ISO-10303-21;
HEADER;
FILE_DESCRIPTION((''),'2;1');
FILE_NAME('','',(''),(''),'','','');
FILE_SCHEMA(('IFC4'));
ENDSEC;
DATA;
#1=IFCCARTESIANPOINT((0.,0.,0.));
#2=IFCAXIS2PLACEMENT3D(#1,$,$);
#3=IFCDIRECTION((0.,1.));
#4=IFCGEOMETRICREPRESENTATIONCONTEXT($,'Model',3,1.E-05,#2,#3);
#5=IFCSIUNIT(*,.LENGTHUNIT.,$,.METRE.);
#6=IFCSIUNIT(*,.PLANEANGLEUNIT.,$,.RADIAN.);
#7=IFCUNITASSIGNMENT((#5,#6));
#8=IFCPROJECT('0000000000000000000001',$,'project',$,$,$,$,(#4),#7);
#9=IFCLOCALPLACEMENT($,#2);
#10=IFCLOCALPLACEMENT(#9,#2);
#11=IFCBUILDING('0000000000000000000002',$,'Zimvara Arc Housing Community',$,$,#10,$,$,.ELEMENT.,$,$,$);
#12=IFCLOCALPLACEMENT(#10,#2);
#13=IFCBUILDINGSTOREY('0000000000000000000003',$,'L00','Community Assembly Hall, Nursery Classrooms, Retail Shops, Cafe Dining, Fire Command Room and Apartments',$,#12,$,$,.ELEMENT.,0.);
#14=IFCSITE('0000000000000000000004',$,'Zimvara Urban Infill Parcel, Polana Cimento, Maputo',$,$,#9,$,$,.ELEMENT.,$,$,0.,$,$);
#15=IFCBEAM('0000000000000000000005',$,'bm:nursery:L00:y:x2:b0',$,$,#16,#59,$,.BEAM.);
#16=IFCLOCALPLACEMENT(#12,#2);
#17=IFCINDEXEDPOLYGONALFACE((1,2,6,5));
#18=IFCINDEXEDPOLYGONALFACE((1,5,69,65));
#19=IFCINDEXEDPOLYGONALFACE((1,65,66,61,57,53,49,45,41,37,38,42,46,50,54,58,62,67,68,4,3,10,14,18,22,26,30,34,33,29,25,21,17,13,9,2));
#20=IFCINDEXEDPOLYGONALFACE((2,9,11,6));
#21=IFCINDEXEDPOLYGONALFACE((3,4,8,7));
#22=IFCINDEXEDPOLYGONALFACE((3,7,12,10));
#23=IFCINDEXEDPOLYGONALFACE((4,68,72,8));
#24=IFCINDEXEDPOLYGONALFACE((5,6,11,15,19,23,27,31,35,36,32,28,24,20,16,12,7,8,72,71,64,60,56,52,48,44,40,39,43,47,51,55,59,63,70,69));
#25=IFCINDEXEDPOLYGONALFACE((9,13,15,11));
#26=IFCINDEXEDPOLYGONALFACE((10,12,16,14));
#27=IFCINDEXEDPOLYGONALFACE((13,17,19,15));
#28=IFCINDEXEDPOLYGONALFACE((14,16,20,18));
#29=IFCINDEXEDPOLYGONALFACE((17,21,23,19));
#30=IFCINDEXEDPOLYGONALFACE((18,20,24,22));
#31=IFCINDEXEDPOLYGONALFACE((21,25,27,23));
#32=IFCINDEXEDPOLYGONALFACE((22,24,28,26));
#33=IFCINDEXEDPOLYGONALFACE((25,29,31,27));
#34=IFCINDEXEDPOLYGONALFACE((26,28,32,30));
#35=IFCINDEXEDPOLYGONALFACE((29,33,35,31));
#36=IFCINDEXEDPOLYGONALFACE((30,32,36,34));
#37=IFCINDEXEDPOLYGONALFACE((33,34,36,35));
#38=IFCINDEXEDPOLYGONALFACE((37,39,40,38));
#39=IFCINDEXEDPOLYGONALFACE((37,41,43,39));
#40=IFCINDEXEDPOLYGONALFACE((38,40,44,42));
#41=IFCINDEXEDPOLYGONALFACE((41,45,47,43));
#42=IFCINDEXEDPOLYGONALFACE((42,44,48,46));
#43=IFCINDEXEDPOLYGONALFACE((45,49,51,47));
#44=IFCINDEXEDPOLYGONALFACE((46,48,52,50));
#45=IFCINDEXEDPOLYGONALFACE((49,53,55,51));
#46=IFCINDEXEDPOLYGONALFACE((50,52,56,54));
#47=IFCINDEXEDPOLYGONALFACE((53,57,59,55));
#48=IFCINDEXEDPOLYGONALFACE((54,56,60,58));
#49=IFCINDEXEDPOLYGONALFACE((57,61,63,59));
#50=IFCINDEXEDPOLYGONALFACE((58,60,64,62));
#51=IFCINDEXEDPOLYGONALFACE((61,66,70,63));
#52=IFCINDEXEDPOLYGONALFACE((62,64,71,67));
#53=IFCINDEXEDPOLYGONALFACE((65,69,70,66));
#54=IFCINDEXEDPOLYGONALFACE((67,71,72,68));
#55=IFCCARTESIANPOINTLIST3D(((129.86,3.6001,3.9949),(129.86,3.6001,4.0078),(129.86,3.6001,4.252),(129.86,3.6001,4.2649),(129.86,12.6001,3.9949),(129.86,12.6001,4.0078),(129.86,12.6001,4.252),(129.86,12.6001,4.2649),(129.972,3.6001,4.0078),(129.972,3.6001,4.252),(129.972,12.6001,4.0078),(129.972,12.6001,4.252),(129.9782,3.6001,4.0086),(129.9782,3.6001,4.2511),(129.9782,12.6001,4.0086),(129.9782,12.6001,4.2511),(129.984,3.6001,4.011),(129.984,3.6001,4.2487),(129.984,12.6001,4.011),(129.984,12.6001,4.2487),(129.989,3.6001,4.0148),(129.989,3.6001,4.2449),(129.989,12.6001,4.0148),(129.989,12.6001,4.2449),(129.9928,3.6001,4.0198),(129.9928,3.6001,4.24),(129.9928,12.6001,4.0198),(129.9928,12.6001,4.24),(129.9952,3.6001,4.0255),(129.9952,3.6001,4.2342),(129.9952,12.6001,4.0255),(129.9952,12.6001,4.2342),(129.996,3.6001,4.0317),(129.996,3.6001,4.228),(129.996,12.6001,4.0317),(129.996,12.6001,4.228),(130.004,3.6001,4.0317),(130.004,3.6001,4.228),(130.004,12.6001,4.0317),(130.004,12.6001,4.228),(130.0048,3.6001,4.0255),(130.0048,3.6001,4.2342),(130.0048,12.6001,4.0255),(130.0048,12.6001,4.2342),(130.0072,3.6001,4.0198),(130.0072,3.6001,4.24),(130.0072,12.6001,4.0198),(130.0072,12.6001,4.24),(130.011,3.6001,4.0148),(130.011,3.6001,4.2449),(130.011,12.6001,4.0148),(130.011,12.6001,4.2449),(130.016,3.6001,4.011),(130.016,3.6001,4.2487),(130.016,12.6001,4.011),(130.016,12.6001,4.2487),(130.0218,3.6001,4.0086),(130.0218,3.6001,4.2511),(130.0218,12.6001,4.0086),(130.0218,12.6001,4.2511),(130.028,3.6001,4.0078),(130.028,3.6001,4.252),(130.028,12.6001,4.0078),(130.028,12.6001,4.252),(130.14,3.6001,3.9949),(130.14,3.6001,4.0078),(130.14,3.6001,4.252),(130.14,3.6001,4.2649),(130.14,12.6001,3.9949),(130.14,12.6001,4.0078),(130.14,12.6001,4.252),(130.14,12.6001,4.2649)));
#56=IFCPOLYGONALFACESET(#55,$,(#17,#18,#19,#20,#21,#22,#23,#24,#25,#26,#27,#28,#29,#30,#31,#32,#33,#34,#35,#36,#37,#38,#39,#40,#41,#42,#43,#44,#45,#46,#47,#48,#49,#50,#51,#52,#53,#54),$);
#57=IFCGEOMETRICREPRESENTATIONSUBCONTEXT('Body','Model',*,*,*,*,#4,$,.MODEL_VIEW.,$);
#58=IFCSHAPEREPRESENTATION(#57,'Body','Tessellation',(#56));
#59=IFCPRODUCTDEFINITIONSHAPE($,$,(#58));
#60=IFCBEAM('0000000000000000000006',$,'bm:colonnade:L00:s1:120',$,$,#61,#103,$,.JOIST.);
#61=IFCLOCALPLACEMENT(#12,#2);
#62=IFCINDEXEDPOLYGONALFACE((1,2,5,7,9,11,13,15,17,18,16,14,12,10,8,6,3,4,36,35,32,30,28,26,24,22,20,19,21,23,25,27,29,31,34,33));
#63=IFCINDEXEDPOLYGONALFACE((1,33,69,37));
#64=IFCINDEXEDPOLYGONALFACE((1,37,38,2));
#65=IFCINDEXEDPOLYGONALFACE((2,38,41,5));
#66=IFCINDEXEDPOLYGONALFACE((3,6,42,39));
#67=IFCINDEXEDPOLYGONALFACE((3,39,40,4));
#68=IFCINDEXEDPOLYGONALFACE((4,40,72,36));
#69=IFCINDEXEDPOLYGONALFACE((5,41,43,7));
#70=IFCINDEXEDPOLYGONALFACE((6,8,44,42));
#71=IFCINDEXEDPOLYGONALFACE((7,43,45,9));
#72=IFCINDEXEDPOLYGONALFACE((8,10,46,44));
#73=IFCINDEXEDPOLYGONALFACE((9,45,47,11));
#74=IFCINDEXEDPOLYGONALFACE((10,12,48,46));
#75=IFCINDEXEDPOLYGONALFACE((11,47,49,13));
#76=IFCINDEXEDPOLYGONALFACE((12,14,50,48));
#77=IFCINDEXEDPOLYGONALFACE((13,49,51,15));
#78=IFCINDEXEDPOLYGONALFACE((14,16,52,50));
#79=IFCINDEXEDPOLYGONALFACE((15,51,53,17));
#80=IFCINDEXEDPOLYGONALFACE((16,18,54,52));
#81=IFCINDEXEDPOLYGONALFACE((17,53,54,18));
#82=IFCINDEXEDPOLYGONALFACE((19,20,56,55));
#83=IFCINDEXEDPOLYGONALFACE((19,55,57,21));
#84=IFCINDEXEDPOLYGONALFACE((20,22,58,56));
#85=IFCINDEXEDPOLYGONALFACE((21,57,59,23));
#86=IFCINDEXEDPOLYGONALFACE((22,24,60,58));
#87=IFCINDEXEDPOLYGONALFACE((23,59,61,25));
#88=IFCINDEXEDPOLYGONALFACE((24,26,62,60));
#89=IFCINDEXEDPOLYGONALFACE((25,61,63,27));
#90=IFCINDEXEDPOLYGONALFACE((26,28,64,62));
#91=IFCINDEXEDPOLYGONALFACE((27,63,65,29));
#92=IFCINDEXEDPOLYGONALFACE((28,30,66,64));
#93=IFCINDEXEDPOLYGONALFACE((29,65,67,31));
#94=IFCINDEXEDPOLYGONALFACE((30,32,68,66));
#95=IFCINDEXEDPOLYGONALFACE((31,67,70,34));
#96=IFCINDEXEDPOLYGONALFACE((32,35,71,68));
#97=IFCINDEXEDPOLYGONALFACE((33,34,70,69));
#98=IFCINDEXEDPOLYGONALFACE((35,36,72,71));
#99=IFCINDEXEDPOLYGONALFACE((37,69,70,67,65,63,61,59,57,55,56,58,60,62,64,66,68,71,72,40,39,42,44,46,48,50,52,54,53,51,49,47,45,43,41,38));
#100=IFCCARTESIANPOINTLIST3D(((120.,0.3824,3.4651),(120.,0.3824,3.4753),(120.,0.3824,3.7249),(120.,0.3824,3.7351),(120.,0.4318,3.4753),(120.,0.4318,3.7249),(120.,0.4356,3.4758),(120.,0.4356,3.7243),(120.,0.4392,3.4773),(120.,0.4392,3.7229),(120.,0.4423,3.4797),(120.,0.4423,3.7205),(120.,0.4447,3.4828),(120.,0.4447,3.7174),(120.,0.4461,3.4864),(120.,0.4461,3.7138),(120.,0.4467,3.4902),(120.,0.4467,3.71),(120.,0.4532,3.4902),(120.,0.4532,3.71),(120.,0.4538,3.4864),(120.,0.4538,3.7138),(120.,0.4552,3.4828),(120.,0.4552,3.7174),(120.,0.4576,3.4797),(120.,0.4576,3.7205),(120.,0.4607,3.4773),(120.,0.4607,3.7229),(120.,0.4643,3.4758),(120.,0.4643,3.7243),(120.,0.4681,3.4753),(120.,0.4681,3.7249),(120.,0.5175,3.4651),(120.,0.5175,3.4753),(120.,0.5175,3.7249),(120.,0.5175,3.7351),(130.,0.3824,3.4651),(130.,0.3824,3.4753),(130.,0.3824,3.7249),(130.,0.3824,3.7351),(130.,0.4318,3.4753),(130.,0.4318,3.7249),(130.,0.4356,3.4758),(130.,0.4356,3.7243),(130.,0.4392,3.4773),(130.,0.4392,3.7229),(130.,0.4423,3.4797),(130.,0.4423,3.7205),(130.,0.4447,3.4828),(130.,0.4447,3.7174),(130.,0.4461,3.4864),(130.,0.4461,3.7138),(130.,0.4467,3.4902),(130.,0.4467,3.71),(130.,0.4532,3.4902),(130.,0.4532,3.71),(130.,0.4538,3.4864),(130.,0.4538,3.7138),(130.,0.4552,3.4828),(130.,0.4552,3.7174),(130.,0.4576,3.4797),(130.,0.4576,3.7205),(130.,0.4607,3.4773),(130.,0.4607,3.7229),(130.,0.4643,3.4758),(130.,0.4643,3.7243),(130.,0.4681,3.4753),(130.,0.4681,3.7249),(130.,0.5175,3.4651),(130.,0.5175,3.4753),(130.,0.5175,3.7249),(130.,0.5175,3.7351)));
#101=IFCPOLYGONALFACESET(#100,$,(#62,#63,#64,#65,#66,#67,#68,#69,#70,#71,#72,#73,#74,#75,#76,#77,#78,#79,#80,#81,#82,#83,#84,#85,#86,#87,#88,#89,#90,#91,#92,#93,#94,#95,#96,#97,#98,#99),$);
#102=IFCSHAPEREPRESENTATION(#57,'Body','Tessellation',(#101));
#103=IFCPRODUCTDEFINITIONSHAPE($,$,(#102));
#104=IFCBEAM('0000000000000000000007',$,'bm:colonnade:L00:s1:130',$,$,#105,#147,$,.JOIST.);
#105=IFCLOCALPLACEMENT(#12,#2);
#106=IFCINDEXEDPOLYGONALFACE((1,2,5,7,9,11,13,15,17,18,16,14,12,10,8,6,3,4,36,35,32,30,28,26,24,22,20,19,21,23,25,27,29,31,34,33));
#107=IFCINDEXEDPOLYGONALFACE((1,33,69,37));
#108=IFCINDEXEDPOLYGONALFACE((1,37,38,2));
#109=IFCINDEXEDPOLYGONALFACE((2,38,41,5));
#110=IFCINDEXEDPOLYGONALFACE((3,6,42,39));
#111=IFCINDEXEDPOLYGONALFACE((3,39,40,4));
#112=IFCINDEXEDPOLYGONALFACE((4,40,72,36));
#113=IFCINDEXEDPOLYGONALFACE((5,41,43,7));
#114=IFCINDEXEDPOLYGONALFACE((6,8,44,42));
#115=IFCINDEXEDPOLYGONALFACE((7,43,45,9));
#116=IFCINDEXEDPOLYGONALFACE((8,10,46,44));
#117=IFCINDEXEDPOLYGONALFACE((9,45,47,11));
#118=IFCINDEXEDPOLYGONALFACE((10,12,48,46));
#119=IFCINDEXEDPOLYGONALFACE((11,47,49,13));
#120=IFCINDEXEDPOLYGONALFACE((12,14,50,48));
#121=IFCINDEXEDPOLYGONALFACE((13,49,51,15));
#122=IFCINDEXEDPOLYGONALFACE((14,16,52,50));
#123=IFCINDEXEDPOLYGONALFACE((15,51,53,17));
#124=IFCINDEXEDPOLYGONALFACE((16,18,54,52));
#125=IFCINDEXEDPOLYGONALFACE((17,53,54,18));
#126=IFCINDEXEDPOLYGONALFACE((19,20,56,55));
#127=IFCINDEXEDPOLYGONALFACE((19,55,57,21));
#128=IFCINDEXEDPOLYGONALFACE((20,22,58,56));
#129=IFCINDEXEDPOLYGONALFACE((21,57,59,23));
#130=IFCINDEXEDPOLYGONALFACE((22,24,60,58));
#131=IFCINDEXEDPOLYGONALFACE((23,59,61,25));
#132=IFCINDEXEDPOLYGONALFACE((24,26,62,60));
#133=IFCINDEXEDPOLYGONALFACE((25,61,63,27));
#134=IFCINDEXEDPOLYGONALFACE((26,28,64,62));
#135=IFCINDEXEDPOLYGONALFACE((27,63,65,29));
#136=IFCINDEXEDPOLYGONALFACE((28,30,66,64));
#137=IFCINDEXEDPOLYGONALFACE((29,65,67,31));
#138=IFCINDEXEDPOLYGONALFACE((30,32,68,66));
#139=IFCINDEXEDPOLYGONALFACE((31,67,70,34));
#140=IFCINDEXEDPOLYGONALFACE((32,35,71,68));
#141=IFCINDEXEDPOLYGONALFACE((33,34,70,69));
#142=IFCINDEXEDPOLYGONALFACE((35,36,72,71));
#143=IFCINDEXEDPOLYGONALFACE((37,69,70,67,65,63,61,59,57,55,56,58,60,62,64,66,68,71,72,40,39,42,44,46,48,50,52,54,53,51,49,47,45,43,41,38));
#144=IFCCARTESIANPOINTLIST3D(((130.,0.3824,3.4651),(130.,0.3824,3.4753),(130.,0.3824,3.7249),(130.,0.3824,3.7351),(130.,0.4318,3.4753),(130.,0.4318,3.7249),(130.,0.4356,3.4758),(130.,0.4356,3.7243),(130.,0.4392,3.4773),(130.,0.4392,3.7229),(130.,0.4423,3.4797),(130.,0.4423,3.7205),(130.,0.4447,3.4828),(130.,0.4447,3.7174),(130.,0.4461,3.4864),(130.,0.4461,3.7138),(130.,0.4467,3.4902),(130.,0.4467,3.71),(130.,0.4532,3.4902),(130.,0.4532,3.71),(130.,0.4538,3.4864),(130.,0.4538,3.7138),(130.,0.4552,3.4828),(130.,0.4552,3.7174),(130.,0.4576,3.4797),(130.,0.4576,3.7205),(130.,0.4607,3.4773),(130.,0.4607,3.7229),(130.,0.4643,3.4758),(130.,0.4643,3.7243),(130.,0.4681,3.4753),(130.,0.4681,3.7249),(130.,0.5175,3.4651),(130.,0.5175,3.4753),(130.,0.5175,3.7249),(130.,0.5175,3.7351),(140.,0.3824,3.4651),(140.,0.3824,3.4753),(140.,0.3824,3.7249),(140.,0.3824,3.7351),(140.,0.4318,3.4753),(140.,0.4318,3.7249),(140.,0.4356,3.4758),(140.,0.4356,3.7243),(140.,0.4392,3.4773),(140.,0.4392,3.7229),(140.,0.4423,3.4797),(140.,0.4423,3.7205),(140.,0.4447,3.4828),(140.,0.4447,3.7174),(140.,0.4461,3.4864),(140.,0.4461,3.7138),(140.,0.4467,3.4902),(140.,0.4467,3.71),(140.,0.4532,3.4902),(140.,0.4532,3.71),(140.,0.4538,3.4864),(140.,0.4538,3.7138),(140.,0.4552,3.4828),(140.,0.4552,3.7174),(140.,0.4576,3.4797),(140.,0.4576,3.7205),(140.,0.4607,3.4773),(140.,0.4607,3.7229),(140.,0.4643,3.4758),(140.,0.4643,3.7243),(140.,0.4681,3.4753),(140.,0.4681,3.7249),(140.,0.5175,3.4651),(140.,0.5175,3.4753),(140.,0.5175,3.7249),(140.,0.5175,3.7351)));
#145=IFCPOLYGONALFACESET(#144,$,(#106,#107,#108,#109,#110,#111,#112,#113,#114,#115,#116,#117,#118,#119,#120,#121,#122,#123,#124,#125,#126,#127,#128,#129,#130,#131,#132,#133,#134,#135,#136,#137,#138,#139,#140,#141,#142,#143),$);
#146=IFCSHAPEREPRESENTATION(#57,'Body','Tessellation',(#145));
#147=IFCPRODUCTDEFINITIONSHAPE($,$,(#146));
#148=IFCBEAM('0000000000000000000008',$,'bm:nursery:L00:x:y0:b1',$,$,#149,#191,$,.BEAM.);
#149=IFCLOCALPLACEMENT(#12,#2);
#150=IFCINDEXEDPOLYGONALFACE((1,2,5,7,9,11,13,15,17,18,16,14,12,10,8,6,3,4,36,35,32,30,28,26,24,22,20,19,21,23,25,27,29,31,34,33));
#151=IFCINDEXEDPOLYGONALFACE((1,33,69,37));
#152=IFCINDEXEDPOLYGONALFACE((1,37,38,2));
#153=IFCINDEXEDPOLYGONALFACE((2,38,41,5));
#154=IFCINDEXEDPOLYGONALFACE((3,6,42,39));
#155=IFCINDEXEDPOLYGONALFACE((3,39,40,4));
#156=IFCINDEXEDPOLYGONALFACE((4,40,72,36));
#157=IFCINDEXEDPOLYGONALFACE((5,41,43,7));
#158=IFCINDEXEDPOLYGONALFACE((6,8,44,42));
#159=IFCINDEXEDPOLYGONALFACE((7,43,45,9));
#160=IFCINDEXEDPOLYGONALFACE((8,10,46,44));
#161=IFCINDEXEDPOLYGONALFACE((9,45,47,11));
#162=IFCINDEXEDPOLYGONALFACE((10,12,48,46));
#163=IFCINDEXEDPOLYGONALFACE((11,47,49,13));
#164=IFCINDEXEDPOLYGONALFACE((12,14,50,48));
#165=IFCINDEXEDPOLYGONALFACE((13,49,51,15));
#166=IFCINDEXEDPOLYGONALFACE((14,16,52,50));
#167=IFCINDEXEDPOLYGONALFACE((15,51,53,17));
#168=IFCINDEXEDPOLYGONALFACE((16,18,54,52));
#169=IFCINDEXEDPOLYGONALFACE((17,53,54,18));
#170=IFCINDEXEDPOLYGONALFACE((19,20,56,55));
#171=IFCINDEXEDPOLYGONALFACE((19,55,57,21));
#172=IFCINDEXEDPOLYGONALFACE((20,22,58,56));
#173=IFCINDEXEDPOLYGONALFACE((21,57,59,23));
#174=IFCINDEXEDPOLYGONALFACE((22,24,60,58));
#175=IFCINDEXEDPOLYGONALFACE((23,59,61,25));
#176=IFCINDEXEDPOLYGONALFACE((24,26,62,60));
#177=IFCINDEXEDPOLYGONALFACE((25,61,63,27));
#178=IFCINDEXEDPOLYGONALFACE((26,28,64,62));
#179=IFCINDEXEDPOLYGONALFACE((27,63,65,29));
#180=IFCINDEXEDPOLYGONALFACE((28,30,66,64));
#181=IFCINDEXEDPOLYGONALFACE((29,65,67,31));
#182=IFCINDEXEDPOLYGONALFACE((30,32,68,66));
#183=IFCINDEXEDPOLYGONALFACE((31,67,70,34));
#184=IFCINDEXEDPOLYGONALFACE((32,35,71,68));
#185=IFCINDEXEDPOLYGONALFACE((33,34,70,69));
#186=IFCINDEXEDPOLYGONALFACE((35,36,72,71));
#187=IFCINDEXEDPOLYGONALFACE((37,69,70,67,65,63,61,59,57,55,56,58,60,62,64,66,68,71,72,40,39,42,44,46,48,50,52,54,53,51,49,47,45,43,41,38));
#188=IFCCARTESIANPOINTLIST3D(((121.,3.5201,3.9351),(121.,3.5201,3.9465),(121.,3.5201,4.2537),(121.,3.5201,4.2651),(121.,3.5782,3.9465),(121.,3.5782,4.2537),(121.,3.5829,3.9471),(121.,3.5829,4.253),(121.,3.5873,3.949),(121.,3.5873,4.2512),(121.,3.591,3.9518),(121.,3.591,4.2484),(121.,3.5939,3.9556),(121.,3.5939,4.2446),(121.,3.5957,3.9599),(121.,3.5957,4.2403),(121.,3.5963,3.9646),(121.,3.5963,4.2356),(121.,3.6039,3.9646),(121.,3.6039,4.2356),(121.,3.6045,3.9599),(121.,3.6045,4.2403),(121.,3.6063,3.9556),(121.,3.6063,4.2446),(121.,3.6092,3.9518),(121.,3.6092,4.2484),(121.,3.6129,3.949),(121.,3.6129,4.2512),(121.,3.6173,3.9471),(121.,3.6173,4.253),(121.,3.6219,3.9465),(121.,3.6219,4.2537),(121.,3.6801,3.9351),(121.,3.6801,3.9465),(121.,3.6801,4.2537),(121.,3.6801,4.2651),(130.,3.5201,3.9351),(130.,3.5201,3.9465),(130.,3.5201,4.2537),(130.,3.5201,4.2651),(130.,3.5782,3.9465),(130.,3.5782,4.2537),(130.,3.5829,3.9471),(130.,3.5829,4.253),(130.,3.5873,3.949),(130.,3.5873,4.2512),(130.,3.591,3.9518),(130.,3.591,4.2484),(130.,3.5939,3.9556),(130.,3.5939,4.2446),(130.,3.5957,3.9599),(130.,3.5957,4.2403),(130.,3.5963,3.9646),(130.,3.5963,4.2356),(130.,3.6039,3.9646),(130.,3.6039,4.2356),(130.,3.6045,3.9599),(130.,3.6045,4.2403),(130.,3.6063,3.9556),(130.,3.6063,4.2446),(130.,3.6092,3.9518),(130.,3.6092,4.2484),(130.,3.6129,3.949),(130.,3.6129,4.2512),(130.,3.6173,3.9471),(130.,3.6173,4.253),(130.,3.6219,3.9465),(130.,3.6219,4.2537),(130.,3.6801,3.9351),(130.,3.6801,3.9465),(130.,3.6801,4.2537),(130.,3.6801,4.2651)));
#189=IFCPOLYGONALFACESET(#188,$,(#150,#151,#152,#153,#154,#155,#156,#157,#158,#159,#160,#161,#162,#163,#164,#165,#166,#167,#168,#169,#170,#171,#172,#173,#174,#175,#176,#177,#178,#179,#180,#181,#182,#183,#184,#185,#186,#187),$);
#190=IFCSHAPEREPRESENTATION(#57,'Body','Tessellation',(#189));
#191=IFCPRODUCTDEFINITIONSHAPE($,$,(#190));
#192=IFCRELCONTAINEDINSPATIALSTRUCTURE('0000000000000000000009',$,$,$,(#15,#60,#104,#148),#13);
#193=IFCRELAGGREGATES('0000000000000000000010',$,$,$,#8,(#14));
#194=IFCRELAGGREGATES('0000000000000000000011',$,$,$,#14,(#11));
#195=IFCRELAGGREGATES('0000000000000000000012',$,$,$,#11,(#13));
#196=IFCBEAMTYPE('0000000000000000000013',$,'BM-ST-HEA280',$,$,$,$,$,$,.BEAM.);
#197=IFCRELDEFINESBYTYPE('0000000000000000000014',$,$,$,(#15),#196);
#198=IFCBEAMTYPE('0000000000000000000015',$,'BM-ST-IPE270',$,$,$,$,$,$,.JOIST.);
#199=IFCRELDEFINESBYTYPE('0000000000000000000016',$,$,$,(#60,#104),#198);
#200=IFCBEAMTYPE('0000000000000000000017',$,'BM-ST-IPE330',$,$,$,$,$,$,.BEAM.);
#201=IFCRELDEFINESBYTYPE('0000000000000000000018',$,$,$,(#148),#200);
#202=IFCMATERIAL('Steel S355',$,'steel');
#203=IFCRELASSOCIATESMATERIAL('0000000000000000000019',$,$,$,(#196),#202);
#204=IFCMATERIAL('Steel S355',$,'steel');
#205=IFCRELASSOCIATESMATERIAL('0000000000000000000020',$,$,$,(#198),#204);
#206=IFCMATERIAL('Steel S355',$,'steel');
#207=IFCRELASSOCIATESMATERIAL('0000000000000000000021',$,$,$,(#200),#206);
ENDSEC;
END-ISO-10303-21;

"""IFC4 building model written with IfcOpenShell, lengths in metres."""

from ifc_helpers import new_model, si_unit, direction, frame, origin, origin_2d, place, context, subcontext, project, spatial, i_section, extrude, material, material_profile, profile_set, type_object, element, save


model = new_model("IFC4")

# Units and contexts
model_context = context("Model", 3, precision=1e-05, world=origin(), true_north=direction((0.0, 1.0)))
body_context = subcontext(model_context, "Body", "Model", "MODEL_VIEW")
ifc_project = project(units=[si_unit("LENGTHUNIT", "METRE"), si_unit("PLANEANGLEUNIT", "RADIAN")], contexts=[model_context])

# Site, building, storey
site_placement = place(None, origin())
site = spatial("IfcSite", under=ifc_project, at=site_placement, Name="Zimvara Urban Infill Parcel, Polana Cimento, Maputo", CompositionType="ELEMENT", RefElevation=0.0)
building_placement = place(site_placement, origin())
building = spatial("IfcBuilding", under=site, at=building_placement, Name="Zimvara Arc Housing Community", CompositionType="ELEMENT")
storey_placement = place(building_placement, origin())
storey = spatial("IfcBuildingStorey", under=building, at=storey_placement, Name="L00", Description="Community Assembly Hall, Nursery Classrooms, Retail Shops, Cafe Dining, Fire Command Room and Apartments", CompositionType="ELEMENT", Elevation=0.0)

# Beams
ifc_material_1 = material(Name="Steel S355", Category="steel")
ifc_material_profile_1 = material_profile(ifc_material_1, i_section(OverallWidth=0.28, OverallDepth=0.27, WebThickness=0.0081, FlangeThickness=0.0129, FilletRadius=0.0239, at=origin_2d()), Name="HEA 280")
ifc_profile_set_1 = profile_set([ifc_material_profile_1], Name="Steel S355")
beam_type_1 = type_object("IfcBeamType", Name="BM-ST-HEA280", PredefinedType="BEAM", material=ifc_profile_set_1)
for number, where, z_axis, x_axis, name in (
    (1, (130.0, 3.6001, 4.1299), (0.0, 1.0, 0.0), (-1.0, 0.0, 0.0), "bm:nursery:L00:y:x2:b0"),
):
    element("IfcBeam", number, at=place(storey_placement, frame(where, z_axis=z_axis, x_axis=x_axis)), inside=storey, type_object=beam_type_1, Name=name, PredefinedType="BEAM", context=body_context, shape_type="SweptSolid", body=[
        extrude(i_section(OverallWidth=0.28, OverallDepth=0.27, WebThickness=0.0081, FlangeThickness=0.0129, FilletRadius=0.0239, at=origin_2d()), origin(), (0.0, 0.0, 1.0), 9.0),
    ])
ifc_material_2 = material(Name="Steel S355", Category="steel")
ifc_material_profile_2 = material_profile(ifc_material_2, i_section(OverallWidth=0.135, OverallDepth=0.27, WebThickness=0.0066, FlangeThickness=0.0103, FilletRadius=0.0149, at=origin_2d()), Name="IPE 270")
ifc_profile_set_2 = profile_set([ifc_material_profile_2], Name="Steel S355")
beam_type_2 = type_object("IfcBeamType", Name="BM-ST-IPE270", PredefinedType="JOIST", material=ifc_profile_set_2)
for number, where, z_axis, x_axis, name in (
    (2, (120.0, 0.45, 3.6001), (1.0, 0.0, 0.0), (0.0, 1.0, 0.0), "bm:colonnade:L00:s1:120"),
    (3, (130.0, 0.45, 3.6001), (1.0, 0.0, 0.0), (0.0, 1.0, 0.0), "bm:colonnade:L00:s1:130"),
):
    element("IfcBeam", number, at=place(storey_placement, frame(where, z_axis=z_axis, x_axis=x_axis)), inside=storey, type_object=beam_type_2, Name=name, PredefinedType="JOIST", context=body_context, shape_type="SweptSolid", body=[
        extrude(i_section(OverallWidth=0.135, OverallDepth=0.27, WebThickness=0.0066, FlangeThickness=0.0103, FilletRadius=0.0149, at=origin_2d()), origin(), (0.0, 0.0, 1.0), 10.0),
    ])
ifc_material_3 = material(Name="Steel S355", Category="steel")
ifc_material_profile_3 = material_profile(ifc_material_3, i_section(OverallWidth=0.1599, OverallDepth=0.3301, WebThickness=0.0076, FlangeThickness=0.0115, FilletRadius=0.0181, at=origin_2d()), Name="IPE 330")
ifc_profile_set_3 = profile_set([ifc_material_profile_3], Name="Steel S355")
beam_type_3 = type_object("IfcBeamType", Name="BM-ST-IPE330", PredefinedType="BEAM", material=ifc_profile_set_3)
for number, where, z_axis, x_axis, name in (
    (4, (121.0, 3.6001, 4.1001), (1.0, 0.0, 0.0), (0.0, 1.0, 0.0), "bm:nursery:L00:x:y0:b1"),
):
    element("IfcBeam", number, at=place(storey_placement, frame(where, z_axis=z_axis, x_axis=x_axis)), inside=storey, type_object=beam_type_3, Name=name, PredefinedType="BEAM", context=body_context, shape_type="SweptSolid", body=[
        extrude(i_section(OverallWidth=0.1599, OverallDepth=0.3301, WebThickness=0.0076, FlangeThickness=0.0115, FilletRadius=0.0181, at=origin_2d()), origin(), (0.0, 0.0, 1.0), 9.0),
    ])

save(model, "model.ifc")
